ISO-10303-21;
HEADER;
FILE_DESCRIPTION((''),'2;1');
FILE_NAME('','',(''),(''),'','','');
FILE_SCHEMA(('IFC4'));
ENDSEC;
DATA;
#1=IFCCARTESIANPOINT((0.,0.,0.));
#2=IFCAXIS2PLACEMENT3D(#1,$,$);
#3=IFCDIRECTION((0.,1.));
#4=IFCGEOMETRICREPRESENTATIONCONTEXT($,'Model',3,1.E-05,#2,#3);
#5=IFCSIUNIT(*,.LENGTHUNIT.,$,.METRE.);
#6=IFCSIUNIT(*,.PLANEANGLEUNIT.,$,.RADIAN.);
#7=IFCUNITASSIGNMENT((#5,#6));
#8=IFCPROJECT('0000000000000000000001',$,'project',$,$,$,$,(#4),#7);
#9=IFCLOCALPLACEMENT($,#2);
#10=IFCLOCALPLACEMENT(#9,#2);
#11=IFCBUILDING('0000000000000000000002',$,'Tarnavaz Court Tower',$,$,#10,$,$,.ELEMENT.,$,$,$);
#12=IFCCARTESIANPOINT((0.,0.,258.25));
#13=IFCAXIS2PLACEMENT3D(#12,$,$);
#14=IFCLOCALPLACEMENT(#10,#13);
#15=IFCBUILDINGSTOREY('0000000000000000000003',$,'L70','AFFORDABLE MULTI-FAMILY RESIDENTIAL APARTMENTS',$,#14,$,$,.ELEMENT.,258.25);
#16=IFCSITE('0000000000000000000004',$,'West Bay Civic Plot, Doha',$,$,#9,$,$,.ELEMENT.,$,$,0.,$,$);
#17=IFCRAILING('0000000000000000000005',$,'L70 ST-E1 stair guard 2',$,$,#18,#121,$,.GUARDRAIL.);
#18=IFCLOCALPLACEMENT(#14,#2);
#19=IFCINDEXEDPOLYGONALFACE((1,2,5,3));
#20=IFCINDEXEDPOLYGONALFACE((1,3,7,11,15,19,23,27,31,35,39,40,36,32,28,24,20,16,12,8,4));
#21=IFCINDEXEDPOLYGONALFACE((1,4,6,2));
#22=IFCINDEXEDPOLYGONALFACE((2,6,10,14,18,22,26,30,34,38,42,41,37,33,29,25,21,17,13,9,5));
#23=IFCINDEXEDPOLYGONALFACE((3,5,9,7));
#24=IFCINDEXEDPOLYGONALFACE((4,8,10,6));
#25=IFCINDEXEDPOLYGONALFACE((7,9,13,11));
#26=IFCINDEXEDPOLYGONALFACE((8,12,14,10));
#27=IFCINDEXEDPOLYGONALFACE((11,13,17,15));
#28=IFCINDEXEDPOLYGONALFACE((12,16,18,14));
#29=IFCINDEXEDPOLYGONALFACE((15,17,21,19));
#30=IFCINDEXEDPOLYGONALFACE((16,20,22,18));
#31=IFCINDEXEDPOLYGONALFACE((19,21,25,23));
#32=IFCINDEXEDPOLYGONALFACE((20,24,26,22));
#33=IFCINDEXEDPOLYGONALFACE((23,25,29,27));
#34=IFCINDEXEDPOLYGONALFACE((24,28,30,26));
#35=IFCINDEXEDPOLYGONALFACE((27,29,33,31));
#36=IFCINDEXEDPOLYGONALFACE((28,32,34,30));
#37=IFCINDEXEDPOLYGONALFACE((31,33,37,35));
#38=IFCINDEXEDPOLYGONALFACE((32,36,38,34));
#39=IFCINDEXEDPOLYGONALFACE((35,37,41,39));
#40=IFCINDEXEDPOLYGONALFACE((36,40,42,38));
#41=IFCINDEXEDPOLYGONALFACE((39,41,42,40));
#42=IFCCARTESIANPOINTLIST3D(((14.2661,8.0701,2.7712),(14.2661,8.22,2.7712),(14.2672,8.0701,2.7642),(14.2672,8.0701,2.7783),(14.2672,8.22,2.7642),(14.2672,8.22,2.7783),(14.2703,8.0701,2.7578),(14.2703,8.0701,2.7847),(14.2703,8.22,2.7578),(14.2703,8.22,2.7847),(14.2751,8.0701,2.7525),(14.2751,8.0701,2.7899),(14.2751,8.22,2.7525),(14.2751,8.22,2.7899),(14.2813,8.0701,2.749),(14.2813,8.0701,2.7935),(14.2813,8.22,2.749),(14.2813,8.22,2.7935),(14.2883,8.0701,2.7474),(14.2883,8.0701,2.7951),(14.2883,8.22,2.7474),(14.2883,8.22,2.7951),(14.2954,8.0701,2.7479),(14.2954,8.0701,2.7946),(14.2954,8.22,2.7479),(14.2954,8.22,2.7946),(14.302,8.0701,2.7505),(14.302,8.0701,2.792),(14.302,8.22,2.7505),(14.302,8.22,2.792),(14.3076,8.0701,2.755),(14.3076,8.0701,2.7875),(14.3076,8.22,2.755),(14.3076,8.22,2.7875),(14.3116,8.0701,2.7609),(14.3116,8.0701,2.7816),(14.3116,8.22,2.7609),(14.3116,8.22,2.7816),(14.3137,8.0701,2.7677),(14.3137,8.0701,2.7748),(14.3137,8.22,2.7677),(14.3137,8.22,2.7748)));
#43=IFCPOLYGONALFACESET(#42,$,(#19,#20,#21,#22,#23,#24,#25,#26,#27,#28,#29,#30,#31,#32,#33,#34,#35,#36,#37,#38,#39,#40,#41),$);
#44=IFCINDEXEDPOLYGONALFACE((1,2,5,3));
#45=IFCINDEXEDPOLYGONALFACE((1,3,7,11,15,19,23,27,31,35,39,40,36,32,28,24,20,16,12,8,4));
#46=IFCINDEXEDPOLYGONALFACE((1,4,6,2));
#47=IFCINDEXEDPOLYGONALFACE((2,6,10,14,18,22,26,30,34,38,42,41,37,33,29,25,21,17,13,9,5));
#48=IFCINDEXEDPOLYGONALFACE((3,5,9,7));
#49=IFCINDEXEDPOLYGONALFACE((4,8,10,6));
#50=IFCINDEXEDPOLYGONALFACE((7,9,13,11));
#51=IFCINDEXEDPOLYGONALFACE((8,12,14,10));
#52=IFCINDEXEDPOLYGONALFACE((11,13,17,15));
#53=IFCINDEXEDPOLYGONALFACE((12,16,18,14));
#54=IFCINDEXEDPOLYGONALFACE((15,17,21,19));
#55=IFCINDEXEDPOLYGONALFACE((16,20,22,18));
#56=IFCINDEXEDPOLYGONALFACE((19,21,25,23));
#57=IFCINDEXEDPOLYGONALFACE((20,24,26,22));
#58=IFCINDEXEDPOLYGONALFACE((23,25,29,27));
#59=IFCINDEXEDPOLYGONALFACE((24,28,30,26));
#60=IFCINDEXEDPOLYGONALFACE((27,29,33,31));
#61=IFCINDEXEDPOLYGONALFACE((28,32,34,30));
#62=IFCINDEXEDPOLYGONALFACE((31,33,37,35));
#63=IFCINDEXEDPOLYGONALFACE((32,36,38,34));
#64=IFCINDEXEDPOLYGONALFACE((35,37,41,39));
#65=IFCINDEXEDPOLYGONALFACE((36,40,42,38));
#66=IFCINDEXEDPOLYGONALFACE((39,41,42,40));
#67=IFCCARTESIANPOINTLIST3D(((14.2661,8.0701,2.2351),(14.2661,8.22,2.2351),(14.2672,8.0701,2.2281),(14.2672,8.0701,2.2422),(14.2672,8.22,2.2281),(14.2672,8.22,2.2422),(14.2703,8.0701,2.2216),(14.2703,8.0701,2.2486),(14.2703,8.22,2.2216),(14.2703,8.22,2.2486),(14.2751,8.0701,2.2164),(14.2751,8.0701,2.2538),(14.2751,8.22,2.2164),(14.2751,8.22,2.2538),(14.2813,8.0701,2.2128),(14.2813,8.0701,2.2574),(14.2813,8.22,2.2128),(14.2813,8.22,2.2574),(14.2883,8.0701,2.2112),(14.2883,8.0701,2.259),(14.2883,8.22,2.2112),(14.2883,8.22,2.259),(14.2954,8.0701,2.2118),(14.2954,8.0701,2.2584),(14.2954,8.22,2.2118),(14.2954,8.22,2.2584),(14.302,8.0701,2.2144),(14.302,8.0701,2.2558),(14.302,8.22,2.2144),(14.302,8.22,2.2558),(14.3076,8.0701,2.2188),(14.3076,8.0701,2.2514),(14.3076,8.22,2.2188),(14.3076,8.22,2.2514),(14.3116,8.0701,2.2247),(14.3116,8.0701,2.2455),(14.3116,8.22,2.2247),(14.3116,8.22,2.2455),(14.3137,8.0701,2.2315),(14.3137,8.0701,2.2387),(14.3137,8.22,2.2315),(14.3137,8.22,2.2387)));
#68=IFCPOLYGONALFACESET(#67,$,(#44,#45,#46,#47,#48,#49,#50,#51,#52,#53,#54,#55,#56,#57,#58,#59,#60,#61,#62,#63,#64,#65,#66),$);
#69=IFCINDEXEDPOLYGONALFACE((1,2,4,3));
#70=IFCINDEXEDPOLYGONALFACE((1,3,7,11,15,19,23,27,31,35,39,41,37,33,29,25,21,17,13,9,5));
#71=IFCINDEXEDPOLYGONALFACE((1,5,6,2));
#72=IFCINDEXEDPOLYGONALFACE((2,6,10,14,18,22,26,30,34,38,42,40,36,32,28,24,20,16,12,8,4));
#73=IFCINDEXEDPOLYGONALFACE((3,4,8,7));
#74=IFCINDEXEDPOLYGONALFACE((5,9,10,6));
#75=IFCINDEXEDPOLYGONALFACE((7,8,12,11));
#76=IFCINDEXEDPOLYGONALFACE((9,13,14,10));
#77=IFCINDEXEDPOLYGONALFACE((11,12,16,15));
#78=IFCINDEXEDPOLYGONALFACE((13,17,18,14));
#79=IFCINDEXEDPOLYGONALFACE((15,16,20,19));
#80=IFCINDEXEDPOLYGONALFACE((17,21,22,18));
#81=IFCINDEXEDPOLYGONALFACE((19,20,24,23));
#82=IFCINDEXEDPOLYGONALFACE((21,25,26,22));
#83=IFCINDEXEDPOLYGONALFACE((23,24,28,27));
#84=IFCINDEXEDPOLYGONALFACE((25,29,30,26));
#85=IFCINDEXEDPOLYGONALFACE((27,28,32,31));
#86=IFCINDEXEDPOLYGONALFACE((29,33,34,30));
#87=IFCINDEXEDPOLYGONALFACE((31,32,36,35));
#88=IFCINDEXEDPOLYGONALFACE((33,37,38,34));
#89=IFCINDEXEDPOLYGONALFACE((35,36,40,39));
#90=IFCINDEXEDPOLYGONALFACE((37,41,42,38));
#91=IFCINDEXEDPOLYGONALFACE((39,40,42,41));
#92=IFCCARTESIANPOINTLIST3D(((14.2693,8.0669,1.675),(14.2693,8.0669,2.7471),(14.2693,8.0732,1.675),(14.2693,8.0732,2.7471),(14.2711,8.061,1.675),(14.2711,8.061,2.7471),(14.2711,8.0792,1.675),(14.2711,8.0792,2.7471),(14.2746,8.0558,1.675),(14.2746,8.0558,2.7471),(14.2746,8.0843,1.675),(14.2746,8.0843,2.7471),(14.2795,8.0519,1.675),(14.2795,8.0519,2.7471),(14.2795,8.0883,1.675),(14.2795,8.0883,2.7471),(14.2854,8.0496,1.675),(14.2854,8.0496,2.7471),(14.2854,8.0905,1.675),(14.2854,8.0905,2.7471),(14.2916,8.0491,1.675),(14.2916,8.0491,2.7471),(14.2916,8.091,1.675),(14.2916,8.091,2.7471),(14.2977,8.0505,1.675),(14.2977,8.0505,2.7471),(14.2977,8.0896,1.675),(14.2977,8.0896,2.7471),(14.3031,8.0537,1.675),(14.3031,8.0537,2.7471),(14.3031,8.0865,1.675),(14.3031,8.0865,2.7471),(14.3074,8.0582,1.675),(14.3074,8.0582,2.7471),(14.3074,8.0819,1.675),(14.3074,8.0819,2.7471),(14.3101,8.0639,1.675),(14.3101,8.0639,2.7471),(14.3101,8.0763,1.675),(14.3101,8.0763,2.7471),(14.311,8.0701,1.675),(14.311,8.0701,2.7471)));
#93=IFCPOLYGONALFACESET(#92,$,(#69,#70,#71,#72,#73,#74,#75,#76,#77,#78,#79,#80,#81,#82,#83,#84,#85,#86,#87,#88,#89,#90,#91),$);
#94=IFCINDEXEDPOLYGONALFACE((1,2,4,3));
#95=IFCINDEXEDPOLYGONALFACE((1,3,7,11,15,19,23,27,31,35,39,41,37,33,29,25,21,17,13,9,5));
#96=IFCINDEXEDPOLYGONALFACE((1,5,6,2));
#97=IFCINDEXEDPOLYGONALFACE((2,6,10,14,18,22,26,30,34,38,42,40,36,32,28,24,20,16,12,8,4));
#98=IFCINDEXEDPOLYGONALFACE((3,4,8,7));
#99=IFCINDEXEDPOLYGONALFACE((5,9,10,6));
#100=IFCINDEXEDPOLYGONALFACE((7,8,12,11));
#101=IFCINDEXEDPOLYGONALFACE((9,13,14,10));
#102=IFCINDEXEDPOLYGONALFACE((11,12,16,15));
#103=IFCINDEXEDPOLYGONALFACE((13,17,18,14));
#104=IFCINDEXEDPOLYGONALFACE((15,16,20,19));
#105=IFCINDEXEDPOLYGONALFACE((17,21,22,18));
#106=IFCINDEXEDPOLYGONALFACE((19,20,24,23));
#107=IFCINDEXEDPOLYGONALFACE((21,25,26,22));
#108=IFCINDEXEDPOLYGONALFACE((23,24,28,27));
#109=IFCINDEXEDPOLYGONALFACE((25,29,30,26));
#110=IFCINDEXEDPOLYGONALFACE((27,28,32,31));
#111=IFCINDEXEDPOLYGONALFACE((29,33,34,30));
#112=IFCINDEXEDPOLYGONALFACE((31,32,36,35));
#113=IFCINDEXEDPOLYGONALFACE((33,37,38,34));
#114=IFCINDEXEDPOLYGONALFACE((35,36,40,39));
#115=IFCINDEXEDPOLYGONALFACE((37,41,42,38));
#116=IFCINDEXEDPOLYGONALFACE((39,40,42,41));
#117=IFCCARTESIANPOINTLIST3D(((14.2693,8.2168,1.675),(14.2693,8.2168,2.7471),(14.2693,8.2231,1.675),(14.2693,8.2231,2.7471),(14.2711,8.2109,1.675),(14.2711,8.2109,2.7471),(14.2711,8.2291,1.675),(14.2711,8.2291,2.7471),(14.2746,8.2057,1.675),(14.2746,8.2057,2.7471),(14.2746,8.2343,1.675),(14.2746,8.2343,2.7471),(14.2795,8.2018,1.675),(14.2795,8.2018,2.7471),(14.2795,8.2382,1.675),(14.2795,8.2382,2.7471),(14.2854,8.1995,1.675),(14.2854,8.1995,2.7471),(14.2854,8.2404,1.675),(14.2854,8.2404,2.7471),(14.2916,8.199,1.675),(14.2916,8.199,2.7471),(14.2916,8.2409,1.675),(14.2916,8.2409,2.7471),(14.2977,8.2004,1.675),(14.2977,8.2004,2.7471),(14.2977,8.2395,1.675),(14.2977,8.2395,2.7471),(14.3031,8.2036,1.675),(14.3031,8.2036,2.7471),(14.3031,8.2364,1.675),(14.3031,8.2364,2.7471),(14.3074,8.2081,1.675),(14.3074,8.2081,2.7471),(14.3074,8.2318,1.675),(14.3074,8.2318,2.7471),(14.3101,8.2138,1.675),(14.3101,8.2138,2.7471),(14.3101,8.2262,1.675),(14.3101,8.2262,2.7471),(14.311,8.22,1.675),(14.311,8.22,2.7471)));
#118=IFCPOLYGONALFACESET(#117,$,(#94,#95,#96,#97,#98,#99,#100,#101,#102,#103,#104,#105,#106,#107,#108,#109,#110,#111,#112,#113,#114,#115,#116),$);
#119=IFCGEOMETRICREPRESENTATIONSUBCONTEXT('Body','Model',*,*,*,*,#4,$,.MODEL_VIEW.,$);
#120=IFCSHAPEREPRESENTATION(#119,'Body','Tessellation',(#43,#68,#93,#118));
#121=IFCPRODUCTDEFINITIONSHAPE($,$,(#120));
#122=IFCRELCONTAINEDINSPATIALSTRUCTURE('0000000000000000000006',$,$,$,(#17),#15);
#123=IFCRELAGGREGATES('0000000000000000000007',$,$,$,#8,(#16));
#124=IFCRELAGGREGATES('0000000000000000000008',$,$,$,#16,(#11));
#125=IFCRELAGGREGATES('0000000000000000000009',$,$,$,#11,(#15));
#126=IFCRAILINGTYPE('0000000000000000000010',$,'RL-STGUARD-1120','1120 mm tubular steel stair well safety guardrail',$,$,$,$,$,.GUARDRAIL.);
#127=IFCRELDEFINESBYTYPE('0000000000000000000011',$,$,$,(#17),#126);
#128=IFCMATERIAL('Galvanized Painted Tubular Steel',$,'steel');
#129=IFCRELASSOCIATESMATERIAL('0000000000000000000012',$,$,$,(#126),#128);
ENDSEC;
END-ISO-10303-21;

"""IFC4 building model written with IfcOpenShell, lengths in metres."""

from ifc_helpers import new_model, si_unit, direction, frame, origin, origin_2d, place, context, subcontext, project, spatial, circle, extrude, material, type_object, element, save


model = new_model("IFC4")

# Units and contexts
model_context = context("Model", 3, precision=1e-05, world=origin(), true_north=direction((0.0, 1.0)))
body_context = subcontext(model_context, "Body", "Model", "MODEL_VIEW")
ifc_project = project(units=[si_unit("LENGTHUNIT", "METRE"), si_unit("PLANEANGLEUNIT", "RADIAN")], contexts=[model_context])

# Site, building, storey
site_placement = place(None, origin())
site = spatial("IfcSite", under=ifc_project, at=site_placement, Name="West Bay Civic Plot, Doha", CompositionType="ELEMENT", RefElevation=0.0)
building_placement = place(site_placement, origin())
building = spatial("IfcBuilding", under=site, at=building_placement, Name="Tarnavaz Court Tower", CompositionType="ELEMENT")
storey_placement = place(building_placement, frame((0.0, 0.0, 258.25)))
storey = spatial("IfcBuildingStorey", under=building, at=storey_placement, Name="L70", Description="AFFORDABLE MULTI-FAMILY RESIDENTIAL APARTMENTS", CompositionType="ELEMENT", Elevation=258.25)

# Railing
ifc_material_1 = material(Name="Galvanized Painted Tubular Steel", Category="steel")
railing_type_1 = type_object("IfcRailingType", Name="RL-STGUARD-1120", Description="1120 mm tubular steel stair well safety guardrail", PredefinedType="GUARDRAIL", material=ifc_material_1)
railing_1_placement = place(storey_placement, frame((14.29, 8.0701, 1.675)))
element("IfcRailing", 1, at=railing_1_placement, inside=storey, type_object=railing_type_1, Name="L70 ST-E1 stair guard 2", PredefinedType="GUARDRAIL", context=body_context, shape_type="SweptSolid", body=[
    extrude(circle(Radius=0.0239, at=origin_2d()), frame((0.0, 0.0, 1.0962), z_axis=(0.0, 1.0, 0.0), x_axis=(-1.0, 0.0, 0.0)), (0.0, 0.0, 1.0), 0.1499),
    extrude(circle(Radius=0.0239, at=origin_2d()), frame((0.0, 0.0, 0.5601), z_axis=(0.0, 1.0, 0.0), x_axis=(-1.0, 0.0, 0.0)), (0.0, 0.0, 1.0), 0.1499),
    extrude(circle(Radius=0.021, at=origin_2d()), origin(), (0.0, 0.0, 1.0), 1.072),
    extrude(circle(Radius=0.021, at=origin_2d()), frame((0.0, 0.1499, 0.0)), (0.0, 0.0, 1.0), 1.072),
])

save(model, "model.ifc")
